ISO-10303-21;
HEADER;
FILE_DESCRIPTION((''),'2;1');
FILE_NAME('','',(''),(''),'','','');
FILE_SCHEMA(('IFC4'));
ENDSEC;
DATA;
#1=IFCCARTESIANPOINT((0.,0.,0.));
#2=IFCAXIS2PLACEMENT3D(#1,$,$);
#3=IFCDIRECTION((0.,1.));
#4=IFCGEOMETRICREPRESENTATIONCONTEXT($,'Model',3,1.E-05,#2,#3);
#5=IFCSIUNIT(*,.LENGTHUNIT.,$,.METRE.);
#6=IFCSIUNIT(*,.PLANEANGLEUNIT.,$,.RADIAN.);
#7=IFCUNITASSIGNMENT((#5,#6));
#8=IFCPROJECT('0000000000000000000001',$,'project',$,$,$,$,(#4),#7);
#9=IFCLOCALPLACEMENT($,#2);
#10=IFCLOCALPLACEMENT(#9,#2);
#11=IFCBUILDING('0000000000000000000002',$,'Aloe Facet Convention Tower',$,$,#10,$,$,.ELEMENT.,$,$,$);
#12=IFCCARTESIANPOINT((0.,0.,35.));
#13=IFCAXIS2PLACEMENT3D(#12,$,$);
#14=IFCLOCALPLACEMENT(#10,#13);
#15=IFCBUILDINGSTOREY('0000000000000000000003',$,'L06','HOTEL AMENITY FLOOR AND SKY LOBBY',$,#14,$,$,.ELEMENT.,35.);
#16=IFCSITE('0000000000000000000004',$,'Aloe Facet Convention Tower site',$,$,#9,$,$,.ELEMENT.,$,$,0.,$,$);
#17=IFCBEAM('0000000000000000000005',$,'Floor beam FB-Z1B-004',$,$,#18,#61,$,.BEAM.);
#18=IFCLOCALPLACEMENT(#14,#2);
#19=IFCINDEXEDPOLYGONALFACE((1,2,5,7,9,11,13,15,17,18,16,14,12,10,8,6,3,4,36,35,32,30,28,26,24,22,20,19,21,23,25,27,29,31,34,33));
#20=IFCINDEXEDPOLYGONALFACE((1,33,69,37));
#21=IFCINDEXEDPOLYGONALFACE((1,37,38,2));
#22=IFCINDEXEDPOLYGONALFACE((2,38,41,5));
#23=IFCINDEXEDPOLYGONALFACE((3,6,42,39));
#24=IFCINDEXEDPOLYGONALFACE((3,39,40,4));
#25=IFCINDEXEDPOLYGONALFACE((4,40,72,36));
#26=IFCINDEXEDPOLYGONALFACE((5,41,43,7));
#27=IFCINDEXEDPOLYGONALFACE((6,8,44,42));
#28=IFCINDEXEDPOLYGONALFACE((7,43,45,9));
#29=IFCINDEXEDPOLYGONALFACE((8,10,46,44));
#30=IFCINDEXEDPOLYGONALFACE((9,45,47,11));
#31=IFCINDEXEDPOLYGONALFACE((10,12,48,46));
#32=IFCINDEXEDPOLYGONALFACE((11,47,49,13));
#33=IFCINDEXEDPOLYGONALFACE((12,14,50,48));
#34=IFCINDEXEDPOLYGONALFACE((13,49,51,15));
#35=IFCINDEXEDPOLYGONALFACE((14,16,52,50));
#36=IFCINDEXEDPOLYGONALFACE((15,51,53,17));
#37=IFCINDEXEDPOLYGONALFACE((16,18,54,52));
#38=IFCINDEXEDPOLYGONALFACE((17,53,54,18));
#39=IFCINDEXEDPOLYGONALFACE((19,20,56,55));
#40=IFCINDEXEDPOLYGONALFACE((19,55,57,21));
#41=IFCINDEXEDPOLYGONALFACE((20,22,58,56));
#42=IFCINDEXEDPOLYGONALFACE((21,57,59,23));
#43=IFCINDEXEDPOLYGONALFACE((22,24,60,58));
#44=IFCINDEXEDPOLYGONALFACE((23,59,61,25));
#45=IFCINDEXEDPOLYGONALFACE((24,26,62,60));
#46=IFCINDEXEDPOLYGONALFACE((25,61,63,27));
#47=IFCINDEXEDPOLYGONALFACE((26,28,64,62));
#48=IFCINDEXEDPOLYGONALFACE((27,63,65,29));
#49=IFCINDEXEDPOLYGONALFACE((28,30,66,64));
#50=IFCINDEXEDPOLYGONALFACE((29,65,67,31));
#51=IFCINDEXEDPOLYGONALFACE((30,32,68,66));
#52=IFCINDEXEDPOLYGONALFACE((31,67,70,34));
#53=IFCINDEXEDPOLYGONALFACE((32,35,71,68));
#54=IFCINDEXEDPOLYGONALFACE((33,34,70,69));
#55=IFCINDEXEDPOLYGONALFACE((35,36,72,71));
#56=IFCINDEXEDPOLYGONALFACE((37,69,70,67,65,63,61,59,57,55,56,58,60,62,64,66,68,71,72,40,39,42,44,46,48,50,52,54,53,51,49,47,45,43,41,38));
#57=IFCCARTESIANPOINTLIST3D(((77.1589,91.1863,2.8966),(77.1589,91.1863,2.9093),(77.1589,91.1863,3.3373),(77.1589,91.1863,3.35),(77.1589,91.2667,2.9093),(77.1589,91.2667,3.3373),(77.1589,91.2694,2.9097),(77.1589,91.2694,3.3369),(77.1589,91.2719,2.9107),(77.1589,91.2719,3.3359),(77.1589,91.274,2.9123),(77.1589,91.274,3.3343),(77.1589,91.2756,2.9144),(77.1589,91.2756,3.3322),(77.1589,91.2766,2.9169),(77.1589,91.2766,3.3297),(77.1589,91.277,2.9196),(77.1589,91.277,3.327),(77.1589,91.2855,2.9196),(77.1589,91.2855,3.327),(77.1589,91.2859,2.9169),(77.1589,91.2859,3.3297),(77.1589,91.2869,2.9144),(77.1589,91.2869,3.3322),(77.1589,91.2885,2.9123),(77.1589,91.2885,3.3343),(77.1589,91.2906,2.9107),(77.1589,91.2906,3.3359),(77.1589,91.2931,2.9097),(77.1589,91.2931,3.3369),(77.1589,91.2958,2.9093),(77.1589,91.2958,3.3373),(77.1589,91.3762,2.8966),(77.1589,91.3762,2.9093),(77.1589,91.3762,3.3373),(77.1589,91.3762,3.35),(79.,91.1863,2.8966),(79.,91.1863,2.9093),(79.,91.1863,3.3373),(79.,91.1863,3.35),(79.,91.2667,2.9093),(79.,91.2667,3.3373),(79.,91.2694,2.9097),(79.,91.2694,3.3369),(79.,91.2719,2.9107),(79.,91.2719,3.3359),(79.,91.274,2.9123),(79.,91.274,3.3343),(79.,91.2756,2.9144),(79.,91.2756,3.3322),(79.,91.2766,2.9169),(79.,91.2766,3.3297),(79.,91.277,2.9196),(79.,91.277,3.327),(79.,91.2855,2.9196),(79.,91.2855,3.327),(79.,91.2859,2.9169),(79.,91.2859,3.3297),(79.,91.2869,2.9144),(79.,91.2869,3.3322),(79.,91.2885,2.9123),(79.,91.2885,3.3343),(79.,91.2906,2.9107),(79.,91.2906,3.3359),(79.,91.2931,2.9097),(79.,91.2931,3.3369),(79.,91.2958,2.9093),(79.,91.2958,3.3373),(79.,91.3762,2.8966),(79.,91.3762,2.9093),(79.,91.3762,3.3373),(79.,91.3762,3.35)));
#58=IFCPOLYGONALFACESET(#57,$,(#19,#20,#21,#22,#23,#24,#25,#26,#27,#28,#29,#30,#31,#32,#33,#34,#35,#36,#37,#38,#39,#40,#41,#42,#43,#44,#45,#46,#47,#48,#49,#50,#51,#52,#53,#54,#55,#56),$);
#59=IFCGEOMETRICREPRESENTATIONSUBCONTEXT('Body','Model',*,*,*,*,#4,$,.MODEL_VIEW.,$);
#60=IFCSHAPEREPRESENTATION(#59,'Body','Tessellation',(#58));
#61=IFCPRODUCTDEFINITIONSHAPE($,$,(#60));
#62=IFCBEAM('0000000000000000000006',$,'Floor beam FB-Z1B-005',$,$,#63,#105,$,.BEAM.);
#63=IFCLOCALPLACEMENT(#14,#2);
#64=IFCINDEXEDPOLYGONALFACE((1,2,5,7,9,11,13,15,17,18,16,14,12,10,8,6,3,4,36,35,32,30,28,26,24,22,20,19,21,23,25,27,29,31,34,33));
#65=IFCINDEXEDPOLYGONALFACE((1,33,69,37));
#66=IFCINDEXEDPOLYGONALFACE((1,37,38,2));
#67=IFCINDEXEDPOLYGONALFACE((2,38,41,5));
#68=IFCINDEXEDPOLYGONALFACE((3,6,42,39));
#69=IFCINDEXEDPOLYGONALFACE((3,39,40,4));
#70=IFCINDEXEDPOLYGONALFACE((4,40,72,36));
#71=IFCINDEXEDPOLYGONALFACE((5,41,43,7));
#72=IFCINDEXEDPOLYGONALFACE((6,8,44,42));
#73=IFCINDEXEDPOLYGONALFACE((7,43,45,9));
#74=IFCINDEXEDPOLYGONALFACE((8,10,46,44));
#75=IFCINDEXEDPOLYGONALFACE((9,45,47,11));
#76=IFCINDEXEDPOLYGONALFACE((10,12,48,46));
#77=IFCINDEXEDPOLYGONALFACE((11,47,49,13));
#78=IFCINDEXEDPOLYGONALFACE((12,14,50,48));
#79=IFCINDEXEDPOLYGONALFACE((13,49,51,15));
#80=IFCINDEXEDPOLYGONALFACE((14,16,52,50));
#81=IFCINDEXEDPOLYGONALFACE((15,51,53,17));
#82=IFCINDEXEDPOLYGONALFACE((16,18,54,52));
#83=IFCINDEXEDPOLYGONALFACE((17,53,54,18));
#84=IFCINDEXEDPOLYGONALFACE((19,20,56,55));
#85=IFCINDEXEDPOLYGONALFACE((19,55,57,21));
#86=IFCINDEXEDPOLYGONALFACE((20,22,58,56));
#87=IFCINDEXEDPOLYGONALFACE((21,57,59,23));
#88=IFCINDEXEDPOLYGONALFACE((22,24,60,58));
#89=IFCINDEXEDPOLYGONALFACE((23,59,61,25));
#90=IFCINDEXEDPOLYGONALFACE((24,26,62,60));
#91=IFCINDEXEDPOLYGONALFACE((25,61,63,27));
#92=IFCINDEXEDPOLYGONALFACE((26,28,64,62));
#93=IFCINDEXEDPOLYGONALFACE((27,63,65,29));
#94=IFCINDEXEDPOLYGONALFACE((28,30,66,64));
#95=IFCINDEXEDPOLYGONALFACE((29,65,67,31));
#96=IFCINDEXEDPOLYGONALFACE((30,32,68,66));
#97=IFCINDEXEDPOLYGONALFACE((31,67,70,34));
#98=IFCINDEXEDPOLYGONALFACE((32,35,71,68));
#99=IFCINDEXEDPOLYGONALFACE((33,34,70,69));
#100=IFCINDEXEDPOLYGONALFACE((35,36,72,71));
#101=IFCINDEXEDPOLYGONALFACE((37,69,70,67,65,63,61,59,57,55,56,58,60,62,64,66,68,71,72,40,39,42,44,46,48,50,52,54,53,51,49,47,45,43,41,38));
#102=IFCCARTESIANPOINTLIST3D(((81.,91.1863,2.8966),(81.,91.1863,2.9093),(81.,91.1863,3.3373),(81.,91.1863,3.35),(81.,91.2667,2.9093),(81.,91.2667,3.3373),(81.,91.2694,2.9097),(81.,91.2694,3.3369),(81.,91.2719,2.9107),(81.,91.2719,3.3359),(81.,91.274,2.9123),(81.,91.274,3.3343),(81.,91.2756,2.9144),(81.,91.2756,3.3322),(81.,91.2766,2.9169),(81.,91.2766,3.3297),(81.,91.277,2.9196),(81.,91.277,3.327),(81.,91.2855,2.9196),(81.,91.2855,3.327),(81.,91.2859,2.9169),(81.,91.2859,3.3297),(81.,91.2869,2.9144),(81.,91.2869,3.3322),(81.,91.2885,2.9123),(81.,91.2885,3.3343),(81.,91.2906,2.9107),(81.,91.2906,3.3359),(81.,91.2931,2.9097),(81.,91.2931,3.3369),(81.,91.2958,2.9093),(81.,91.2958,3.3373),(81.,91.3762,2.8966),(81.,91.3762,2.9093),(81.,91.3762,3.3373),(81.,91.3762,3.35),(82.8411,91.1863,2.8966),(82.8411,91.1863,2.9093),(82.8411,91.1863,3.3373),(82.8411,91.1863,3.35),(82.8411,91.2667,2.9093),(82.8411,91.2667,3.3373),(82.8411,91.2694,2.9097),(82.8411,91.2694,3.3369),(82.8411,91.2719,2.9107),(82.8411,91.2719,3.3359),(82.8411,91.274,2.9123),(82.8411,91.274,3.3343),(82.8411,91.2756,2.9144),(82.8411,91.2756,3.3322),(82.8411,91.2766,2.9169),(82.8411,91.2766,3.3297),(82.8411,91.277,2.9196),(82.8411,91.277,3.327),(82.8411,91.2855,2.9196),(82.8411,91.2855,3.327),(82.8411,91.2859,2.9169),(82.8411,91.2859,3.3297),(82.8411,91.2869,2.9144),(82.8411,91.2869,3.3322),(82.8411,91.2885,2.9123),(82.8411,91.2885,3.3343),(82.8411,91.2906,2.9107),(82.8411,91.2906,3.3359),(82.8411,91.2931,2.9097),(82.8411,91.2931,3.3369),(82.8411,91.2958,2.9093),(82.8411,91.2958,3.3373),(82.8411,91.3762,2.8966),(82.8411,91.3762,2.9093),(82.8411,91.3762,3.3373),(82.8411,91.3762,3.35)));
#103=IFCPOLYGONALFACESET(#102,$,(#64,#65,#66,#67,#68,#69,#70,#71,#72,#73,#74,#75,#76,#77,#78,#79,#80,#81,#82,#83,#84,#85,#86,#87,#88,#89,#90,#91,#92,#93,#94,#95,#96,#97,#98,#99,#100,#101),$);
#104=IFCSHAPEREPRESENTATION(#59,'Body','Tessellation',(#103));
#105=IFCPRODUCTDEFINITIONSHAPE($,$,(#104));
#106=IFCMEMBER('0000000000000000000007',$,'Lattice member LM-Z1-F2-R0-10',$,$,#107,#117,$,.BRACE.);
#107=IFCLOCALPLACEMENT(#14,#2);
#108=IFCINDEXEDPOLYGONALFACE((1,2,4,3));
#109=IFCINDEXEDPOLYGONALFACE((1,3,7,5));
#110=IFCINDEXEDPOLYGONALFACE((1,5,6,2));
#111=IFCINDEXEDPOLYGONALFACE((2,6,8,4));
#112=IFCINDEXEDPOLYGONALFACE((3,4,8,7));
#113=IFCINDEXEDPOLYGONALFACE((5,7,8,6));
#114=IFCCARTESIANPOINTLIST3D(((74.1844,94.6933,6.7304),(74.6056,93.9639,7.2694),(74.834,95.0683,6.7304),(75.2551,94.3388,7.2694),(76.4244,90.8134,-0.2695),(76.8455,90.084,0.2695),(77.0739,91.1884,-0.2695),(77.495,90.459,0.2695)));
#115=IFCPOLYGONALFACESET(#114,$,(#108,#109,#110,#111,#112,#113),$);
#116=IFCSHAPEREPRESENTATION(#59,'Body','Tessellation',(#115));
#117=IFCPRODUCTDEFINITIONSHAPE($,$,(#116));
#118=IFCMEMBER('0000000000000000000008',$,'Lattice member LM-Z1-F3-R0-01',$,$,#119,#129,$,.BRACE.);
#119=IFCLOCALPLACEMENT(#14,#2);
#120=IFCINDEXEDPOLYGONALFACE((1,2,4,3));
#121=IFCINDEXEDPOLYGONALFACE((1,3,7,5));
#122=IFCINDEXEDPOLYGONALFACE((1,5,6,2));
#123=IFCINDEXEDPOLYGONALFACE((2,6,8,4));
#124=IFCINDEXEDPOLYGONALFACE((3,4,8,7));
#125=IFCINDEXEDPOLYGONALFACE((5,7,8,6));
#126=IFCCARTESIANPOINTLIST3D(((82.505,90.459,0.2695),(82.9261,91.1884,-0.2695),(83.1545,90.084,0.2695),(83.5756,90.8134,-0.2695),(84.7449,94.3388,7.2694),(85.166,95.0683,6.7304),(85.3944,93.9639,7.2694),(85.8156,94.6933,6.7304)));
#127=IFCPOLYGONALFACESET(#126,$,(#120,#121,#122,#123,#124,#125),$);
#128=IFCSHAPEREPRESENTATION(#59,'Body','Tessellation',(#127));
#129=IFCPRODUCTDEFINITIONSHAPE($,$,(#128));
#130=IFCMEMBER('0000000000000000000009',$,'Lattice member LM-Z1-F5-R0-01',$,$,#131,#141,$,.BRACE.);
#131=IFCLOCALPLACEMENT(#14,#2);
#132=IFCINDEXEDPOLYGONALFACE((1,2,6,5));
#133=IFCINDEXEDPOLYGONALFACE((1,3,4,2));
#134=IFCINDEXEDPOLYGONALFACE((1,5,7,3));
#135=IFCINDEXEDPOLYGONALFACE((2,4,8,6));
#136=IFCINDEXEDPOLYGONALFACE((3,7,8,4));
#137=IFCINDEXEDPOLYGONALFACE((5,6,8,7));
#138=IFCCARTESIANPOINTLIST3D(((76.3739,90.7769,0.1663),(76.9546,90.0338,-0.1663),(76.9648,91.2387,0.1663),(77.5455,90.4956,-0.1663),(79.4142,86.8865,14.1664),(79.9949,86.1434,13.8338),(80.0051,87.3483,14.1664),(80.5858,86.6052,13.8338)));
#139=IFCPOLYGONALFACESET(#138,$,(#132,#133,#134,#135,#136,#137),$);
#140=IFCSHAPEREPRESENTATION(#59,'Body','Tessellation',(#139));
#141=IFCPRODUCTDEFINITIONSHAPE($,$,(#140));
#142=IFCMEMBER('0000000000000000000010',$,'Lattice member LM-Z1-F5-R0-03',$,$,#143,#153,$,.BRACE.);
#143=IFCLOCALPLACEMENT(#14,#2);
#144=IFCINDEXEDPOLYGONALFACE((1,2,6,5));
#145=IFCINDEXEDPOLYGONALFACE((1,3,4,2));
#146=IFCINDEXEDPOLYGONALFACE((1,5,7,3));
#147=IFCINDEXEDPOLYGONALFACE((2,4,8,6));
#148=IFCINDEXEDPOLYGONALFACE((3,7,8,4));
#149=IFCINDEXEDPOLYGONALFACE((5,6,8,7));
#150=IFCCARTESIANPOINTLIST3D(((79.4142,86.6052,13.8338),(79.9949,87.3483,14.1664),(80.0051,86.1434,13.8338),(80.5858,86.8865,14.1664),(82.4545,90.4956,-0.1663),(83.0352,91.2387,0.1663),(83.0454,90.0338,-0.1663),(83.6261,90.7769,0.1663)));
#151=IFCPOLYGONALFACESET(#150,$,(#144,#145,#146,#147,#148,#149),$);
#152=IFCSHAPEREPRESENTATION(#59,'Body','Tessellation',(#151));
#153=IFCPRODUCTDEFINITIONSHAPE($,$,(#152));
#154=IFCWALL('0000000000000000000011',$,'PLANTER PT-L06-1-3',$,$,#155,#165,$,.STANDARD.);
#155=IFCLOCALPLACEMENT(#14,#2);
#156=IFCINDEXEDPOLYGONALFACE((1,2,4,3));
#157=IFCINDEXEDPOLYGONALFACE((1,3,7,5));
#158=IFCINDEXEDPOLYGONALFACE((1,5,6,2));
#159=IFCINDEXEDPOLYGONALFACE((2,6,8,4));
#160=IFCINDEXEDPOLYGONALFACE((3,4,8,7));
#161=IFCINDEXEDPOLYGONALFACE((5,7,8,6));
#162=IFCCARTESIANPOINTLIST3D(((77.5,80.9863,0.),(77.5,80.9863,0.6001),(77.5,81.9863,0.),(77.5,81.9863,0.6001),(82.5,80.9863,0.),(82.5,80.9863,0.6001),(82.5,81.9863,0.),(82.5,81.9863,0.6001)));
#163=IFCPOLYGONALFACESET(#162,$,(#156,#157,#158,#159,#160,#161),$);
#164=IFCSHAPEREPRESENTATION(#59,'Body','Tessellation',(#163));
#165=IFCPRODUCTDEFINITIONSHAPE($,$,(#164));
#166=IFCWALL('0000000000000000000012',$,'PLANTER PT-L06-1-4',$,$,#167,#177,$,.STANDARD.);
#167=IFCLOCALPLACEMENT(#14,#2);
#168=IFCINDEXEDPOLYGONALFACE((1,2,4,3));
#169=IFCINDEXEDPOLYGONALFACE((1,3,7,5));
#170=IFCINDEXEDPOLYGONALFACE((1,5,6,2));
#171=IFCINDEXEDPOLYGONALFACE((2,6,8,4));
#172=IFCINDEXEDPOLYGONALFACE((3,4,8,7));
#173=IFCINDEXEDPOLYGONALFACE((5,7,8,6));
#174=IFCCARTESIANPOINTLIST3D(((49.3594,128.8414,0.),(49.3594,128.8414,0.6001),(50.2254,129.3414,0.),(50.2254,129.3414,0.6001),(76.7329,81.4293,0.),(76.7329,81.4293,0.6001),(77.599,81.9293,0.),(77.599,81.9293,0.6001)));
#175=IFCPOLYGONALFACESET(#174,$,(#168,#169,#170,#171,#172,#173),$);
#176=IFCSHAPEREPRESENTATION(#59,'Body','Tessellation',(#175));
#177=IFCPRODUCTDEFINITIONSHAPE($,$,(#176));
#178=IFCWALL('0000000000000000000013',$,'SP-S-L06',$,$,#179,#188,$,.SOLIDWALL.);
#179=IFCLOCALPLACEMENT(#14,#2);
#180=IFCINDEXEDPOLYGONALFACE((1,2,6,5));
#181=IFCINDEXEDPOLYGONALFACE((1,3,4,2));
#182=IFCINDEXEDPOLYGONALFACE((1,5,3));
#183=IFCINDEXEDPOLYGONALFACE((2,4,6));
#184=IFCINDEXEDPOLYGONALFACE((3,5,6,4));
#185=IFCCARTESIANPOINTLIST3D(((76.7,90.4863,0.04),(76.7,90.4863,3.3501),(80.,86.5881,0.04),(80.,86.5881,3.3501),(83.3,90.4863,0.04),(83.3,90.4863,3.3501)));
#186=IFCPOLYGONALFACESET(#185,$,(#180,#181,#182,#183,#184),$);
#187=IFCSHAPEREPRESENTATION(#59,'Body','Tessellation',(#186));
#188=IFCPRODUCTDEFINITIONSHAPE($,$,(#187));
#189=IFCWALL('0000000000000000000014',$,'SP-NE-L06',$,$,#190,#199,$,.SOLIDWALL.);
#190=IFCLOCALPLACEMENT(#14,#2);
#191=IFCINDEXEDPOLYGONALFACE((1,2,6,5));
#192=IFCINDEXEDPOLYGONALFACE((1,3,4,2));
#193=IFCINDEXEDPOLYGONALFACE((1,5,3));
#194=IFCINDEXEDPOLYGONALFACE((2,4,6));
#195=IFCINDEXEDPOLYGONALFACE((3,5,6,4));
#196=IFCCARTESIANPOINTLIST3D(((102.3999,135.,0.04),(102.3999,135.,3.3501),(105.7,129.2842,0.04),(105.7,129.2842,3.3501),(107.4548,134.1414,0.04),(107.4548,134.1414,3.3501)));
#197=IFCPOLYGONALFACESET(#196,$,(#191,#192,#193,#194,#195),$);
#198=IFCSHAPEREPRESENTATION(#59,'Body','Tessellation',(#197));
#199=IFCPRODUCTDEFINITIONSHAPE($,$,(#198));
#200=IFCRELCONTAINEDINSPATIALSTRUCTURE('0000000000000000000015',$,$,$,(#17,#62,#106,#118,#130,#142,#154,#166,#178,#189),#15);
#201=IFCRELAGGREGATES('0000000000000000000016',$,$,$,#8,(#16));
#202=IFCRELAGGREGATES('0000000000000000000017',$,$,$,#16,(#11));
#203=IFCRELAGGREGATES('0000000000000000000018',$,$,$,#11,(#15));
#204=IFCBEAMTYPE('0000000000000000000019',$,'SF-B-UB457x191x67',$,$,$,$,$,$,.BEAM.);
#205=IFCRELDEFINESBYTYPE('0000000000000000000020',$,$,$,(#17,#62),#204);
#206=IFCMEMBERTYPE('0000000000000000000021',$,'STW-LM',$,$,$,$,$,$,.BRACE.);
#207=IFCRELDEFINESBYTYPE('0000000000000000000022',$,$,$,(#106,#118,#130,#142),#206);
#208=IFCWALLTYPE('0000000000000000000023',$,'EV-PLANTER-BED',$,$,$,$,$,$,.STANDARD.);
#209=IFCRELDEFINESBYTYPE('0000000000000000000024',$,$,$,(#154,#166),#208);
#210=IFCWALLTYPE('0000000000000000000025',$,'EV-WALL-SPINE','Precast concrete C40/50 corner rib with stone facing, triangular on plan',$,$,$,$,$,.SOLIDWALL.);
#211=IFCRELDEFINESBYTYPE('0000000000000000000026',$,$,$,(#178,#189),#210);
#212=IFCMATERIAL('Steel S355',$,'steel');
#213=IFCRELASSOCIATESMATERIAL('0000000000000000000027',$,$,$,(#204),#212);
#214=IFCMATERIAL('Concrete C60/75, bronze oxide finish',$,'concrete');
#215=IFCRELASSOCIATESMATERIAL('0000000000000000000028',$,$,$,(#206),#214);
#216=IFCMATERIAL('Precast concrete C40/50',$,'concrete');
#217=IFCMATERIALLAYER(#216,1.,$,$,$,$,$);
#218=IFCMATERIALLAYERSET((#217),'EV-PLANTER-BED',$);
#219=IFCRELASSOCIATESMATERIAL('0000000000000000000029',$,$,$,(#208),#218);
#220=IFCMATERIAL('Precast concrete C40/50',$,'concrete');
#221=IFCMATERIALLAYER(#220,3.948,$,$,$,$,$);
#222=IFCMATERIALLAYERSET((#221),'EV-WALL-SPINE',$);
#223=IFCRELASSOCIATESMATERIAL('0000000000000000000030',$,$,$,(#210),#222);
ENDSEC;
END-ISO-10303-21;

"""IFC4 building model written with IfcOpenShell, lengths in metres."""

from ifc_helpers import new_model, si_unit, direction, frame, frame_2d, origin, origin_2d, place, context, subcontext, project, spatial, polyline, rectangle, i_section, outline, extrude, material, layer, layer_set, material_profile, profile_set, type_object, element, save


model = new_model("IFC4")

# Units and contexts
model_context = context("Model", 3, precision=1e-05, world=origin(), true_north=direction((0.0, 1.0)))
body_context = subcontext(model_context, "Body", "Model", "MODEL_VIEW")
ifc_project = project(units=[si_unit("LENGTHUNIT", "METRE"), si_unit("PLANEANGLEUNIT", "RADIAN")], contexts=[model_context])

# Site, building, storey
site_placement = place(None, origin())
site = spatial("IfcSite", under=ifc_project, at=site_placement, Name="Aloe Facet Convention Tower site", CompositionType="ELEMENT", RefElevation=0.0)
building_placement = place(site_placement, origin())
building = spatial("IfcBuilding", under=site, at=building_placement, Name="Aloe Facet Convention Tower", CompositionType="ELEMENT")
storey_placement = place(building_placement, frame((0.0, 0.0, 35.0)))
storey = spatial("IfcBuildingStorey", under=building, at=storey_placement, Name="L06", Description="HOTEL AMENITY FLOOR AND SKY LOBBY", CompositionType="ELEMENT", Elevation=35.0)

# Beams
ifc_material_1 = material(Name="Steel S355", Category="steel")
ifc_material_profile_1 = material_profile(ifc_material_1, i_section(OverallWidth=0.1899, OverallDepth=0.4534, WebThickness=0.0085, FlangeThickness=0.0127, FilletRadius=0.0103, at=origin_2d()), Name="UB 457x191x67")
ifc_profile_set_1 = profile_set([ifc_material_profile_1], Name="Steel S355")
beam_type_1 = type_object("IfcBeamType", Name="SF-B-UB457x191x67", PredefinedType="BEAM", material=ifc_profile_set_1)
for number, where, z_axis, x_axis, name in (
    (1, (79.0, 91.2812, 3.1233), (-1.0, 0.0, 0.0), (0.0, -1.0, 0.0), "Floor beam FB-Z1B-004"),
    (2, (82.8411, 91.2812, 3.1233), (-1.0, 0.0, 0.0), (0.0, -1.0, 0.0), "Floor beam FB-Z1B-005"),
):
    element("IfcBeam", number, at=place(storey_placement, frame(where, z_axis=z_axis, x_axis=x_axis)), inside=storey, type_object=beam_type_1, Name=name, PredefinedType="BEAM", context=body_context, shape_type="SweptSolid", body=[
        extrude(i_section(OverallWidth=0.1899, OverallDepth=0.4534, WebThickness=0.0085, FlangeThickness=0.0127, FilletRadius=0.0103, at=origin_2d()), origin(), (0.0, 0.0, 1.0), 1.8411),
    ])

# Members
ifc_material_2 = material(Name="Concrete C60/75, bronze oxide finish", Category="concrete")
ifc_material_profile_2 = material_profile(ifc_material_2, rectangle(XDim=0.75, YDim=1.0, at=origin_2d()), Name="STW-LM")
ifc_profile_set_2 = profile_set([ifc_material_profile_2], Name="Concrete C60/75, bronze oxide finish")
member_type = type_object("IfcMemberType", Name="STW-LM", PredefinedType="BRACE", material=ifc_profile_set_2)
for number, where, z_axis, x_axis, name in (
    (3, (76.9597, 90.6362, 0.0), (-0.269524, 0.466843, 0.842267), (-0.866031, -0.49999, 0.0), "Lattice member LM-Z1-F2-R0-10"),
    (4, (83.0403, 90.6362, 0.0), (0.269524, 0.466843, 0.842267), (-0.866031, 0.49999, 0.0), "Lattice member LM-Z1-F3-R0-01"),
):
    element("IfcMember", number, at=place(storey_placement, frame(where, z_axis=z_axis, x_axis=x_axis)), inside=storey, type_object=member_type, Name=name, PredefinedType="BRACE", context=body_context, shape_type="SweptSolid", body=[
        extrude(rectangle(XDim=0.75, YDim=1.0, at=origin_2d()), origin(), (0.0, 0.0, 1.0), 8.3108),
    ])
for number, where, z_axis, x_axis, name in (
    (5, (76.9597, 90.6362, 0.0), (0.2048, -0.262064, 0.943069), (0.787934, 0.61576, 0.0), "Lattice member LM-Z1-F5-R0-01"),
    (6, (83.0403, 90.6362, 0.0), (-0.2048, -0.262064, 0.943069), (0.787934, -0.61576, 0.0), "Lattice member LM-Z1-F5-R0-03"),
):
    element("IfcMember", number, at=place(storey_placement, frame(where, z_axis=z_axis, x_axis=x_axis)), inside=storey, type_object=member_type, Name=name, PredefinedType="BRACE", context=body_context, shape_type="SweptSolid", body=[
        extrude(rectangle(XDim=0.75, YDim=1.0, at=origin_2d()), origin(), (0.0, 0.0, 1.0), 14.8452),
    ])

# Walls
ifc_material_3 = material(Name="Precast concrete C40/50", Category="concrete")
ifc_layer_1 = layer(ifc_material_3, 1.0)
ifc_layer_set_1 = layer_set([ifc_layer_1], Name="EV-PLANTER-BED")
wall_type_1 = type_object("IfcWallType", Name="EV-PLANTER-BED", PredefinedType="STANDARD", material=ifc_layer_set_1)
wall_1_placement = place(storey_placement, frame((82.5, 81.4863, 0.0), z_axis=(0.0, 0.0, 1.0), x_axis=(-1.0, 0.0, 0.0)))
element("IfcWall", 7, at=wall_1_placement, inside=storey, type_object=wall_type_1, Name="PLANTER PT-L06-1-3", PredefinedType="STANDARD", context=body_context, shape_type="SweptSolid", body=[
    extrude(rectangle(XDim=5.0, YDim=1.0, at=frame_2d((2.5, 0.0))), origin(), (0.0, 0.0, 1.0), 0.6001),
])
wall_2_placement = place(storey_placement, frame((77.166, 81.6792, 0.0), z_axis=(0.0, 0.0, 1.0), x_axis=(-0.500002, 0.866024, 0.0)))
element("IfcWall", 8, at=wall_2_placement, inside=storey, type_object=wall_type_1, Name="PLANTER PT-L06-1-4", PredefinedType="STANDARD", context=body_context, shape_type="SweptSolid", body=[
    extrude(rectangle(XDim=54.7468, YDim=1.0, at=frame_2d((27.3735, 0.0))), origin(), (0.0, 0.0, 1.0), 0.6001),
])
ifc_material_4 = material(Name="Precast concrete C40/50", Category="concrete")
ifc_layer_2 = layer(ifc_material_4, 3.948)
ifc_layer_set_2 = layer_set([ifc_layer_2], Name="EV-WALL-SPINE")
wall_type_2 = type_object("IfcWallType", Name="EV-WALL-SPINE", Description="Precast concrete C40/50 corner rib with stone facing, triangular on plan", PredefinedType="SOLIDWALL", material=ifc_layer_set_2)
wall_3_placement = place(storey_placement, frame((0.0, 0.0, 0.04)))
element("IfcWall", 9, at=wall_3_placement, inside=storey, type_object=wall_type_2, Name="SP-S-L06", PredefinedType="SOLIDWALL", context=body_context, shape_type="SweptSolid", body=[
    extrude(outline(polyline([(76.7, 90.4863), (80.0, 86.5881), (83.3, 90.4863), (76.7, 90.4863)])), origin(), (0.0, 0.0, 1.0), 3.3101),
])
wall_4_placement = place(storey_placement, frame((0.0, 0.0, 0.04)))
element("IfcWall", 10, at=wall_4_placement, inside=storey, type_object=wall_type_2, Name="SP-NE-L06", PredefinedType="SOLIDWALL", context=body_context, shape_type="SweptSolid", body=[
    extrude(outline(polyline([(105.7, 129.2842), (107.4548, 134.1414), (102.3999, 135.0), (105.7, 129.2842)])), origin(), (0.0, 0.0, 1.0), 3.3101),
])

save(model, "model.ifc")
